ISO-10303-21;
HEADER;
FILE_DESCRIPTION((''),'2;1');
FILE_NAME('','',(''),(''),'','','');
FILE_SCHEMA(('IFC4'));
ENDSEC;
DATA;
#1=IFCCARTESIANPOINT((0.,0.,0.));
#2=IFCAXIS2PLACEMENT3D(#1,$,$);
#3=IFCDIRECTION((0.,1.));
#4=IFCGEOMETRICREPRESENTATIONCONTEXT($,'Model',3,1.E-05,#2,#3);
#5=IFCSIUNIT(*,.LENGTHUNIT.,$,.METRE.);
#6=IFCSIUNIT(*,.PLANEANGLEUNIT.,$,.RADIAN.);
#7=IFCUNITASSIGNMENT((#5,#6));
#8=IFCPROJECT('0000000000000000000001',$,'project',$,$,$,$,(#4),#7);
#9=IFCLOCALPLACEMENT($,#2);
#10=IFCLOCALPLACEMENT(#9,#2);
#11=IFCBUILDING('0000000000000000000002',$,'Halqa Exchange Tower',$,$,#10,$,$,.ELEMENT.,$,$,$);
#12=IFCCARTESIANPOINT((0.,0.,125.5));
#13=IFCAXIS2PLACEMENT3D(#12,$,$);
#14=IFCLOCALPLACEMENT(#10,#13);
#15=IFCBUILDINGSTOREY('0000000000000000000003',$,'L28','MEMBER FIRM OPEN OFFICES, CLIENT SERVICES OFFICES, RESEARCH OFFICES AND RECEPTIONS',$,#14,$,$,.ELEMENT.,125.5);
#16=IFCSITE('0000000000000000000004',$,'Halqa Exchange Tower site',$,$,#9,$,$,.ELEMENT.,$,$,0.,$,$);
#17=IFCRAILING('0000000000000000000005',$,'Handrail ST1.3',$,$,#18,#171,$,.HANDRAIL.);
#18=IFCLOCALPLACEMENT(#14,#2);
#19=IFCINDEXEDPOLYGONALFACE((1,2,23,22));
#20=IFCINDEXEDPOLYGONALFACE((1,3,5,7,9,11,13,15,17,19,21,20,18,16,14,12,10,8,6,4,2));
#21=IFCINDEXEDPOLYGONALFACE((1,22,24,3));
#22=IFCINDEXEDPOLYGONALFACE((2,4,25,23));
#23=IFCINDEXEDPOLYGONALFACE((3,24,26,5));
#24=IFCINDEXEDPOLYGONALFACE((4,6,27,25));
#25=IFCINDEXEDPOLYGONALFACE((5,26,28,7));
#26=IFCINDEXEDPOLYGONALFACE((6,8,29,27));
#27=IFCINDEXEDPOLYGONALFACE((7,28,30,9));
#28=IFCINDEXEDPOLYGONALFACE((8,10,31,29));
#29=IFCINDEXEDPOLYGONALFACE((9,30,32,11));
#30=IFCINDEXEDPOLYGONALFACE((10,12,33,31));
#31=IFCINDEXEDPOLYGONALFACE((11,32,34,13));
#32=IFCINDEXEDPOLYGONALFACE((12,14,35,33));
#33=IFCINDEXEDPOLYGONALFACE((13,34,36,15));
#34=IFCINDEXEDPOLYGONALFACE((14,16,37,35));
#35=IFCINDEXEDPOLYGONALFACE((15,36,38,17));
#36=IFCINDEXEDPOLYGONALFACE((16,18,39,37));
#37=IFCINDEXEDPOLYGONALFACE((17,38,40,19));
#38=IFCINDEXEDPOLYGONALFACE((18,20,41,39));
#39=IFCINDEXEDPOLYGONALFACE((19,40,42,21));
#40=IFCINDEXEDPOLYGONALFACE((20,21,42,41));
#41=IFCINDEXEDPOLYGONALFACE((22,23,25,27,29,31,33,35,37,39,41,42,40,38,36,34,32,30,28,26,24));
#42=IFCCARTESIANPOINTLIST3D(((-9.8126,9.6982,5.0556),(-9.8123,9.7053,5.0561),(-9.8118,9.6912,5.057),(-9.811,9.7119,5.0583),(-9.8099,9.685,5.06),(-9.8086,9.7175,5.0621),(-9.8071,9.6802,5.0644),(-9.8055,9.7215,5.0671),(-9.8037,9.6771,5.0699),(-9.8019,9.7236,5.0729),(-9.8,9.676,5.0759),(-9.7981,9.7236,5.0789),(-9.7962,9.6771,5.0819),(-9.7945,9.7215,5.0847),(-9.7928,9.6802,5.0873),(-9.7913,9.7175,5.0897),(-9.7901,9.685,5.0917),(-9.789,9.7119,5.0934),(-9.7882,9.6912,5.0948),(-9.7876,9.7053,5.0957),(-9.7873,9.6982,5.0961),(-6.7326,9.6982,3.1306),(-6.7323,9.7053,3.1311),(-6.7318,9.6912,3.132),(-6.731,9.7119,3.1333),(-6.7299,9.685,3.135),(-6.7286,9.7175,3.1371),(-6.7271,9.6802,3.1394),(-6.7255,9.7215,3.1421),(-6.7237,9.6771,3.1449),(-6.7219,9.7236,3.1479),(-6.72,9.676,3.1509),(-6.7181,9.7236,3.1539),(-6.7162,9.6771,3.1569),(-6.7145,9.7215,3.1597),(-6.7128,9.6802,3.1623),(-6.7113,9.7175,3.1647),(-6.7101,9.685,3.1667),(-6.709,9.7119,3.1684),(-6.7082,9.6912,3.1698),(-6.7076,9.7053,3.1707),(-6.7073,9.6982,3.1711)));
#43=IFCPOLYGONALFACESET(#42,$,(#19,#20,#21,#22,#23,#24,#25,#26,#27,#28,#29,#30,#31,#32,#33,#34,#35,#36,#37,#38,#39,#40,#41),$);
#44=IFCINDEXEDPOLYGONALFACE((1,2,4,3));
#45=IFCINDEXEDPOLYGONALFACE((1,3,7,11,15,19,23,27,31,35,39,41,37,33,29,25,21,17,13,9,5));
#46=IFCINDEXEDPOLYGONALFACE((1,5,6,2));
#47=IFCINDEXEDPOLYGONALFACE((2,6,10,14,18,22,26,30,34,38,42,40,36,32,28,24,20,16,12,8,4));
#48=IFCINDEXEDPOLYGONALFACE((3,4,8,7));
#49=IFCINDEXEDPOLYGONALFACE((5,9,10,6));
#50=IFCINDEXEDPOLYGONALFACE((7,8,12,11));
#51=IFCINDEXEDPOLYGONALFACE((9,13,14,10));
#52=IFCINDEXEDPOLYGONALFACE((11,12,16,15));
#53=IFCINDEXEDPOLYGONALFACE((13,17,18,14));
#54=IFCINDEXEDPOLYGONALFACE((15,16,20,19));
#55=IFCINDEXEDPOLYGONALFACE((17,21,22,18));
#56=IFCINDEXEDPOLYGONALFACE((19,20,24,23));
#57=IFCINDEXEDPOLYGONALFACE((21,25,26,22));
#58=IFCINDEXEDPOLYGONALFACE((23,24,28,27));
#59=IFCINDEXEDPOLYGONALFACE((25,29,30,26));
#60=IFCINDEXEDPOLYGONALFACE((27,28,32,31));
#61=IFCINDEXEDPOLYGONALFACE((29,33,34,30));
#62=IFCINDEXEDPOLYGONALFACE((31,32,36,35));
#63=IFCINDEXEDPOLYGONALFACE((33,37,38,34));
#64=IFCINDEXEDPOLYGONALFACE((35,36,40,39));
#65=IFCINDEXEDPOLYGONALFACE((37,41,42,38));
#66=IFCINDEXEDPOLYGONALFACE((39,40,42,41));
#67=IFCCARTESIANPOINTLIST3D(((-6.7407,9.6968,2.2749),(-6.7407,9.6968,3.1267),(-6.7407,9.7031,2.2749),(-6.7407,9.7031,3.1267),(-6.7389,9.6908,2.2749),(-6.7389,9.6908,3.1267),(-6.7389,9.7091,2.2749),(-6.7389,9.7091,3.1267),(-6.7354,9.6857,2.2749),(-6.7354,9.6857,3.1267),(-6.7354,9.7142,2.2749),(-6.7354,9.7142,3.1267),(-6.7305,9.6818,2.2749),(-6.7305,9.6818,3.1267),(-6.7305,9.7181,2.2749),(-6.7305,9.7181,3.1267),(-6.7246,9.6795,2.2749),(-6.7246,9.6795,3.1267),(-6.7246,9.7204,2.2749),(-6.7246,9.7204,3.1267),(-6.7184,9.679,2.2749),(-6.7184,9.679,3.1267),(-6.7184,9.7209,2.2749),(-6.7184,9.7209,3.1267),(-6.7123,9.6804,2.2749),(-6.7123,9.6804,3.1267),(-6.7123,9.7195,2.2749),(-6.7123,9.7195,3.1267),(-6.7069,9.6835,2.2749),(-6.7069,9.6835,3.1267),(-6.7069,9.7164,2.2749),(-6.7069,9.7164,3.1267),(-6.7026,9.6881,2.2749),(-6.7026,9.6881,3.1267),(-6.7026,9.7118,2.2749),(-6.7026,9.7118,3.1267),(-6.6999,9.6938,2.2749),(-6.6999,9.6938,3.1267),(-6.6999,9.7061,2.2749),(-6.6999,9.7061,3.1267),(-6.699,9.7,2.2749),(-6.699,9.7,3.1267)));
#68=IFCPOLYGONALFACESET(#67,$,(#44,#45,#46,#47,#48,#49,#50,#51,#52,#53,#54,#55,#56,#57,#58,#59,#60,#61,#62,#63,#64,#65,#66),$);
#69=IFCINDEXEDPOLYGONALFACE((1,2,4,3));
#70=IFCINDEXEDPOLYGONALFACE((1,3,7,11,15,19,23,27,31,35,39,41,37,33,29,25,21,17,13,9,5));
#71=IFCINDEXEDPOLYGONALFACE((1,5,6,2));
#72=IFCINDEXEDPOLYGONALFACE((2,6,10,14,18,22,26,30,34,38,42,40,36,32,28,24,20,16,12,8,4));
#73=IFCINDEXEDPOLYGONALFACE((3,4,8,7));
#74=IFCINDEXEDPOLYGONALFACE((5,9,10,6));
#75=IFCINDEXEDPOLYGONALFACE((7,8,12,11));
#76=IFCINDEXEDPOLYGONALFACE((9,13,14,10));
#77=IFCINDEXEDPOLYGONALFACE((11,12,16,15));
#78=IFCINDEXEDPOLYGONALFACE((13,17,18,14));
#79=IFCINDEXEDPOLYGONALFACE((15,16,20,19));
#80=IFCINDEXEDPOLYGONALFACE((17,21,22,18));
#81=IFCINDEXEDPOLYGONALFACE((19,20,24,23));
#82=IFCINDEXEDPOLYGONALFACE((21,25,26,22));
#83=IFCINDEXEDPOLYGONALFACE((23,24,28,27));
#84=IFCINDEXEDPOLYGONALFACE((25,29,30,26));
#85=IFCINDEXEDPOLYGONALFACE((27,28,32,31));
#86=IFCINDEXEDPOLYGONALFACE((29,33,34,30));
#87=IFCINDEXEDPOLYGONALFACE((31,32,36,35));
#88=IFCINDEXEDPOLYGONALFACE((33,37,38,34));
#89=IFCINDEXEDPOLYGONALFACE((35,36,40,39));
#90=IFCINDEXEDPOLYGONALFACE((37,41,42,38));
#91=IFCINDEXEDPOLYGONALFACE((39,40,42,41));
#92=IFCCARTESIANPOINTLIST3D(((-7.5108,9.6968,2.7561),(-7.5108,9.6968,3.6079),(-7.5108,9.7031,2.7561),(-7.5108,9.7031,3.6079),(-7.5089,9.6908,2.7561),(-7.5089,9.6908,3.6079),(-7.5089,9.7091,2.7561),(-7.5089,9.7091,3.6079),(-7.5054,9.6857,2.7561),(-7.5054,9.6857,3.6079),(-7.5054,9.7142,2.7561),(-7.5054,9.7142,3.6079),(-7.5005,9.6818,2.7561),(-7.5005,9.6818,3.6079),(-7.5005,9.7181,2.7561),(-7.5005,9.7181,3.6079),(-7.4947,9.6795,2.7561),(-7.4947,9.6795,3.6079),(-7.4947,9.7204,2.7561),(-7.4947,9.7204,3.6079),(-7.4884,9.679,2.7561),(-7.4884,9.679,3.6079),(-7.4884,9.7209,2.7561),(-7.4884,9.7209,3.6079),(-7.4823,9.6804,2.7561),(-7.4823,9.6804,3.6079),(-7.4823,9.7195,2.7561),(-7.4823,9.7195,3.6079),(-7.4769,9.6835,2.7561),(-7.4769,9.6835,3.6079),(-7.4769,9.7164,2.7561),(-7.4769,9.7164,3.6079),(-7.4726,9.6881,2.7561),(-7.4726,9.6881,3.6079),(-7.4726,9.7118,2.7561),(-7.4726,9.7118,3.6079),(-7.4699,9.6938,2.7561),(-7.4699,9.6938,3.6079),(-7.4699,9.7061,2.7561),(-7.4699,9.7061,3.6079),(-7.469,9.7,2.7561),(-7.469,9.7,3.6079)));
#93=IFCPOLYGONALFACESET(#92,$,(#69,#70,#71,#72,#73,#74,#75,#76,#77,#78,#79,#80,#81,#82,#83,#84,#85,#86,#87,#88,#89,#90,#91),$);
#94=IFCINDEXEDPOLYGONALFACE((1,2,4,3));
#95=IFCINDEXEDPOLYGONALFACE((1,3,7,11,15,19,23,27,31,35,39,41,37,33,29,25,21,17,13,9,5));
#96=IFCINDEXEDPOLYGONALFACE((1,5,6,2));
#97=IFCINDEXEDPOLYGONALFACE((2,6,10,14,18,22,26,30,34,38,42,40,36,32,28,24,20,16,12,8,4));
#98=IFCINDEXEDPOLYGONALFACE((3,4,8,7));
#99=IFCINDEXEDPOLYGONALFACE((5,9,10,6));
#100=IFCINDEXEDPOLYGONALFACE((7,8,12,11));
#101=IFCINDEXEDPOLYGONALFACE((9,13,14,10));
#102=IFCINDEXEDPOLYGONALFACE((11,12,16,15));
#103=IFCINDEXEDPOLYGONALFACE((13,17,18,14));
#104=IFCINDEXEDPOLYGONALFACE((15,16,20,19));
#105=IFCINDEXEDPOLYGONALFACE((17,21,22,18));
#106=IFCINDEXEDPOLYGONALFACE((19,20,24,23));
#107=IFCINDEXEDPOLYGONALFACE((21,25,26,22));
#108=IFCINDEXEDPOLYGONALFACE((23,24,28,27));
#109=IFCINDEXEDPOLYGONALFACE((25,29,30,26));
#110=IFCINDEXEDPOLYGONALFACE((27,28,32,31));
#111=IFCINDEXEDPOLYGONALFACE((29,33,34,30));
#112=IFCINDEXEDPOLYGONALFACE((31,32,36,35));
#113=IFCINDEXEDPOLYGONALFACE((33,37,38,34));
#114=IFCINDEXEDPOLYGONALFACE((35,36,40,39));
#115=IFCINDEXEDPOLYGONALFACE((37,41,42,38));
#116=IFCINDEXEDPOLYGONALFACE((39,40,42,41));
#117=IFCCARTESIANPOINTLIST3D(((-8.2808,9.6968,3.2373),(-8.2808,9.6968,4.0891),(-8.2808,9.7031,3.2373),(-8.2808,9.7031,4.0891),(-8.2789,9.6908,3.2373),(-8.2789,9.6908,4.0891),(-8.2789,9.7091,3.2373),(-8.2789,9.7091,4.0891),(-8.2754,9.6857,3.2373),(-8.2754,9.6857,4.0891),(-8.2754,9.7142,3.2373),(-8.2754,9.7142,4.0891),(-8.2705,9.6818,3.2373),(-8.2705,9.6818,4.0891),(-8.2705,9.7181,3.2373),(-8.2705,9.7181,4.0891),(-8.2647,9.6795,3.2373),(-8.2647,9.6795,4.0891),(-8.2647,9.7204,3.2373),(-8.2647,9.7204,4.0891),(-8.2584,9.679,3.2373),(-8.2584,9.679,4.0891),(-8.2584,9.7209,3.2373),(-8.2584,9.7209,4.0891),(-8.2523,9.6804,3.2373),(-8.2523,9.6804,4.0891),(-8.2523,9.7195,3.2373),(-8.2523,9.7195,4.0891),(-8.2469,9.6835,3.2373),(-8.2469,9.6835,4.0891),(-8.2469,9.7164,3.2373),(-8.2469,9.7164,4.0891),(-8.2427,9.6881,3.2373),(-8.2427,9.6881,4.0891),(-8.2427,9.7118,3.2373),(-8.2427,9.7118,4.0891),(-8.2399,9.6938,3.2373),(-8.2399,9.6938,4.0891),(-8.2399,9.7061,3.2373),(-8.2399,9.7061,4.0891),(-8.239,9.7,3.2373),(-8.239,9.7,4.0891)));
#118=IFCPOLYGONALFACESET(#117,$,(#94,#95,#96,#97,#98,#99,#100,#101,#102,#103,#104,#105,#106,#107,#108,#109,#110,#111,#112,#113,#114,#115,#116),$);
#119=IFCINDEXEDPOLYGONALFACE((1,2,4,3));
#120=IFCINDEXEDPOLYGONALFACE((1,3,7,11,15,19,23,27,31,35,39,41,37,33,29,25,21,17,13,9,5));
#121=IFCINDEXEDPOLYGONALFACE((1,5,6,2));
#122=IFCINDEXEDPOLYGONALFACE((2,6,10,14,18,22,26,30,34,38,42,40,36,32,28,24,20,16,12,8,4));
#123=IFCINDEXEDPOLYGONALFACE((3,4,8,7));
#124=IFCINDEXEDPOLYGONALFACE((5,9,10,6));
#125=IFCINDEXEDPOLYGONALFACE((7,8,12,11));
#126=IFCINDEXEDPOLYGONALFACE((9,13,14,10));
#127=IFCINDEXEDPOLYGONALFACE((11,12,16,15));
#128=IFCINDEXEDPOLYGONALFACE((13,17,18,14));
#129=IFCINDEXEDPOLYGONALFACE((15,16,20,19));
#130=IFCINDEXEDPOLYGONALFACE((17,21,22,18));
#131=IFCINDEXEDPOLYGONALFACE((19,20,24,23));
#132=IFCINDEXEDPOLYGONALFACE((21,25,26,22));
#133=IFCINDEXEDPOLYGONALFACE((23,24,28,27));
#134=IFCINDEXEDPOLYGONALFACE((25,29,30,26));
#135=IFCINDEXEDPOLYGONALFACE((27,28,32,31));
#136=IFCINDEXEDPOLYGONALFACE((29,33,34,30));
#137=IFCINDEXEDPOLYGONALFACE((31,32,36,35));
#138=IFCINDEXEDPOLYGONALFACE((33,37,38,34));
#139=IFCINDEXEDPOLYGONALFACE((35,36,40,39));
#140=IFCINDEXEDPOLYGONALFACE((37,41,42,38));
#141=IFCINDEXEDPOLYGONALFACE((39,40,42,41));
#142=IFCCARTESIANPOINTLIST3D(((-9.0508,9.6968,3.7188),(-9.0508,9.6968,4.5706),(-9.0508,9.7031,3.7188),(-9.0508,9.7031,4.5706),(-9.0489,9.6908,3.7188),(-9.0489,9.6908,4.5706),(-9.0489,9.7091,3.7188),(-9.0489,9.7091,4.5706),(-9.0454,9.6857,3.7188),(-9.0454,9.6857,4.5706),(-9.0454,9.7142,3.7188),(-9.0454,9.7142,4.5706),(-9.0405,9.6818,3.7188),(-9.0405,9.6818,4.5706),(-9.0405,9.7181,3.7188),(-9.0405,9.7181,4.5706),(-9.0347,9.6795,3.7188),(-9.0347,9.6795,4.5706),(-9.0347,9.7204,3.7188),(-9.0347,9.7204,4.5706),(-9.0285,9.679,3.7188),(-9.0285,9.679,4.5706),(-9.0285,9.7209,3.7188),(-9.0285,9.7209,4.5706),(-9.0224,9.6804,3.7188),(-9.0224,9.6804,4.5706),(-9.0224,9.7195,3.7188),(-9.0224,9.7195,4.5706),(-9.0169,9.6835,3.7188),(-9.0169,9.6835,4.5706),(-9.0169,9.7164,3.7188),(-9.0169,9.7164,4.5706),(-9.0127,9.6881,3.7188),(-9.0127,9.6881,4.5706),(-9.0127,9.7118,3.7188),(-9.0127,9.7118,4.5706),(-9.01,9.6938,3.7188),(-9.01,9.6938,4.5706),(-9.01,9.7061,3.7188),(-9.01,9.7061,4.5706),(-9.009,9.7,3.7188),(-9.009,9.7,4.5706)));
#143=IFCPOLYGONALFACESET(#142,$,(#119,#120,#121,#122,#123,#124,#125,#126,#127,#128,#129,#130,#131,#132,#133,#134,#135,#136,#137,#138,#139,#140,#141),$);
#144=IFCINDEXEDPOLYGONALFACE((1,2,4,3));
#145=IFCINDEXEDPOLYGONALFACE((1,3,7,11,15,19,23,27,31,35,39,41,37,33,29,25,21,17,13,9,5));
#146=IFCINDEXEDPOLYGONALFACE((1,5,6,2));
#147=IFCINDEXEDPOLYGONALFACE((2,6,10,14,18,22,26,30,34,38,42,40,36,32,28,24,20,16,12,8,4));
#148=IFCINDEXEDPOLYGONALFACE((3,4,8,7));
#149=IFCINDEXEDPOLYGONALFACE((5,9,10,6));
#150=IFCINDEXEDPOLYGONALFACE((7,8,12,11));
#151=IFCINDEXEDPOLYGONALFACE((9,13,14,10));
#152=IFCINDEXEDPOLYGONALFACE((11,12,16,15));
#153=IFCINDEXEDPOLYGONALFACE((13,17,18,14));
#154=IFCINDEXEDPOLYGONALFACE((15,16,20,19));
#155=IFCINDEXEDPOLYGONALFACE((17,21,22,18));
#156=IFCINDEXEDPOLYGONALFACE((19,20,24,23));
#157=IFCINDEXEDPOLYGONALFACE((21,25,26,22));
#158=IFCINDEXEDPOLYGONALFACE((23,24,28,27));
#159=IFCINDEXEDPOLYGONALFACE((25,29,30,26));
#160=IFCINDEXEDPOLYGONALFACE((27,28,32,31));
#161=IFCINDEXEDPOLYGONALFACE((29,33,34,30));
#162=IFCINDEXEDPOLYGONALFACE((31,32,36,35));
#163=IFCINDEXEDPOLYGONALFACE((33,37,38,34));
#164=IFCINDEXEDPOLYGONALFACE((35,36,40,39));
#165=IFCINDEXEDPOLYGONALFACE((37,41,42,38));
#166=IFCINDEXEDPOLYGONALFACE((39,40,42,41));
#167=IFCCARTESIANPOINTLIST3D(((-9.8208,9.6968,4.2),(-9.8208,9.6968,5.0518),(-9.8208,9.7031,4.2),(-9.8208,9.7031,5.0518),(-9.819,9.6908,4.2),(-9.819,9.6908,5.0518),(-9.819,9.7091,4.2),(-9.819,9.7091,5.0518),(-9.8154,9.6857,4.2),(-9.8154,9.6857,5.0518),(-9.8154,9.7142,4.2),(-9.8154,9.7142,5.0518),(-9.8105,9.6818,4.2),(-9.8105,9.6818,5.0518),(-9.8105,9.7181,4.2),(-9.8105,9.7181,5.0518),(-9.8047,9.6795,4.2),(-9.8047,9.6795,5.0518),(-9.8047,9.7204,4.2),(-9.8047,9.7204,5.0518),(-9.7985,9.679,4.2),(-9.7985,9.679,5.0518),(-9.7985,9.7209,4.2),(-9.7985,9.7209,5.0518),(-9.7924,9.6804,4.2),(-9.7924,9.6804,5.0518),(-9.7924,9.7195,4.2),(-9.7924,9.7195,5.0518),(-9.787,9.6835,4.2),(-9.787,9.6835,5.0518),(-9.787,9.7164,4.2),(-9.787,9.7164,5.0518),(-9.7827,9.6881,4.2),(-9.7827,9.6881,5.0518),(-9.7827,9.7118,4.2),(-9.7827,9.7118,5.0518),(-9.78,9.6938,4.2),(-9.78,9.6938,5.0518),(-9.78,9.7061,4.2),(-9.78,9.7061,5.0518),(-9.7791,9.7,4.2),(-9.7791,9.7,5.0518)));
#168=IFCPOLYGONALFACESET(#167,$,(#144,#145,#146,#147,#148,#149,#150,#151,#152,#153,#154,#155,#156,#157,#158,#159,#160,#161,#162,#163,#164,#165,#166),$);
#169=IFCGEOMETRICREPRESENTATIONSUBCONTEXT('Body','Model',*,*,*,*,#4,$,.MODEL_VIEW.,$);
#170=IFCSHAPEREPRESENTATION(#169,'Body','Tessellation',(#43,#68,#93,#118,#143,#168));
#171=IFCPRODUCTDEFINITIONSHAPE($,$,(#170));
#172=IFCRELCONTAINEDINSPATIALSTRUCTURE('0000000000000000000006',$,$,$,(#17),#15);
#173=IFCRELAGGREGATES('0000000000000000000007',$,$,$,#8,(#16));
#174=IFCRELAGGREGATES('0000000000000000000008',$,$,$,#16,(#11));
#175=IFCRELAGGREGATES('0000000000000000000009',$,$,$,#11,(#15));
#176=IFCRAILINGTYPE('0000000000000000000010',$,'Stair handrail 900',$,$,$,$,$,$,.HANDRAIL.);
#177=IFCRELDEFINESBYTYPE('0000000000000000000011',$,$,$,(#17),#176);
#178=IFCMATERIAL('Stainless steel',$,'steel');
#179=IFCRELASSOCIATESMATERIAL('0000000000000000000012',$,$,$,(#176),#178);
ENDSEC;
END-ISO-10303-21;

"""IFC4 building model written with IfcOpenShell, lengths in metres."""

from ifc_helpers import new_model, si_unit, direction, frame, origin, origin_2d, place, context, subcontext, project, spatial, circle, extrude, material, type_object, element, save


model = new_model("IFC4")

# Units and contexts
model_context = context("Model", 3, precision=1e-05, world=origin(), true_north=direction((0.0, 1.0)))
body_context = subcontext(model_context, "Body", "Model", "MODEL_VIEW")
ifc_project = project(units=[si_unit("LENGTHUNIT", "METRE"), si_unit("PLANEANGLEUNIT", "RADIAN")], contexts=[model_context])

# Site, building, storey
site_placement = place(None, origin())
site = spatial("IfcSite", under=ifc_project, at=site_placement, Name="Halqa Exchange Tower site", CompositionType="ELEMENT", RefElevation=0.0)
building_placement = place(site_placement, origin())
building = spatial("IfcBuilding", under=site, at=building_placement, Name="Halqa Exchange Tower", CompositionType="ELEMENT")
storey_placement = place(building_placement, frame((0.0, 0.0, 125.5)))
storey = spatial("IfcBuildingStorey", under=building, at=storey_placement, Name="L28", Description="MEMBER FIRM OPEN OFFICES, CLIENT SERVICES OFFICES, RESEARCH OFFICES AND RECEPTIONS", CompositionType="ELEMENT", Elevation=125.5)

# Railing
ifc_material_1 = material(Name="Stainless steel", Category="steel")
railing_type_1 = type_object("IfcRailingType", Name="Stair handrail 900", PredefinedType="HANDRAIL", material=ifc_material_1)
railing_1_placement = place(storey_placement, frame((-6.72, 9.7, 2.2749)))
element("IfcRailing", 1, at=railing_1_placement, inside=storey, type_object=railing_type_1, Name="Handrail ST1.3", PredefinedType="HANDRAIL", context=body_context, shape_type="SweptSolid", body=[
    extrude(circle(Radius=0.0239, at=origin_2d()), frame((0.0, 0.0, 0.876), z_axis=(-0.847998, 0.0, 0.529999), x_axis=(0.0, -1.0, 0.0)), (0.0, 0.0, 1.0), 3.6321),
    extrude(circle(Radius=0.021, at=origin_2d()), origin(), (0.0, 0.0, 1.0), 0.8518),
    extrude(circle(Radius=0.021, at=origin_2d()), frame((-0.77, 0.0, 0.4812)), (0.0, 0.0, 1.0), 0.8518),
    extrude(circle(Radius=0.021, at=origin_2d()), frame((-1.54, 0.0, 0.9624)), (0.0, 0.0, 1.0), 0.8518),
    extrude(circle(Radius=0.021, at=origin_2d()), frame((-2.3101, 0.0, 1.4438)), (0.0, 0.0, 1.0), 0.8518),
    extrude(circle(Radius=0.021, at=origin_2d()), frame((-3.0801, 0.0, 1.925)), (0.0, 0.0, 1.0), 0.8518),
])

save(model, "model.ifc")
